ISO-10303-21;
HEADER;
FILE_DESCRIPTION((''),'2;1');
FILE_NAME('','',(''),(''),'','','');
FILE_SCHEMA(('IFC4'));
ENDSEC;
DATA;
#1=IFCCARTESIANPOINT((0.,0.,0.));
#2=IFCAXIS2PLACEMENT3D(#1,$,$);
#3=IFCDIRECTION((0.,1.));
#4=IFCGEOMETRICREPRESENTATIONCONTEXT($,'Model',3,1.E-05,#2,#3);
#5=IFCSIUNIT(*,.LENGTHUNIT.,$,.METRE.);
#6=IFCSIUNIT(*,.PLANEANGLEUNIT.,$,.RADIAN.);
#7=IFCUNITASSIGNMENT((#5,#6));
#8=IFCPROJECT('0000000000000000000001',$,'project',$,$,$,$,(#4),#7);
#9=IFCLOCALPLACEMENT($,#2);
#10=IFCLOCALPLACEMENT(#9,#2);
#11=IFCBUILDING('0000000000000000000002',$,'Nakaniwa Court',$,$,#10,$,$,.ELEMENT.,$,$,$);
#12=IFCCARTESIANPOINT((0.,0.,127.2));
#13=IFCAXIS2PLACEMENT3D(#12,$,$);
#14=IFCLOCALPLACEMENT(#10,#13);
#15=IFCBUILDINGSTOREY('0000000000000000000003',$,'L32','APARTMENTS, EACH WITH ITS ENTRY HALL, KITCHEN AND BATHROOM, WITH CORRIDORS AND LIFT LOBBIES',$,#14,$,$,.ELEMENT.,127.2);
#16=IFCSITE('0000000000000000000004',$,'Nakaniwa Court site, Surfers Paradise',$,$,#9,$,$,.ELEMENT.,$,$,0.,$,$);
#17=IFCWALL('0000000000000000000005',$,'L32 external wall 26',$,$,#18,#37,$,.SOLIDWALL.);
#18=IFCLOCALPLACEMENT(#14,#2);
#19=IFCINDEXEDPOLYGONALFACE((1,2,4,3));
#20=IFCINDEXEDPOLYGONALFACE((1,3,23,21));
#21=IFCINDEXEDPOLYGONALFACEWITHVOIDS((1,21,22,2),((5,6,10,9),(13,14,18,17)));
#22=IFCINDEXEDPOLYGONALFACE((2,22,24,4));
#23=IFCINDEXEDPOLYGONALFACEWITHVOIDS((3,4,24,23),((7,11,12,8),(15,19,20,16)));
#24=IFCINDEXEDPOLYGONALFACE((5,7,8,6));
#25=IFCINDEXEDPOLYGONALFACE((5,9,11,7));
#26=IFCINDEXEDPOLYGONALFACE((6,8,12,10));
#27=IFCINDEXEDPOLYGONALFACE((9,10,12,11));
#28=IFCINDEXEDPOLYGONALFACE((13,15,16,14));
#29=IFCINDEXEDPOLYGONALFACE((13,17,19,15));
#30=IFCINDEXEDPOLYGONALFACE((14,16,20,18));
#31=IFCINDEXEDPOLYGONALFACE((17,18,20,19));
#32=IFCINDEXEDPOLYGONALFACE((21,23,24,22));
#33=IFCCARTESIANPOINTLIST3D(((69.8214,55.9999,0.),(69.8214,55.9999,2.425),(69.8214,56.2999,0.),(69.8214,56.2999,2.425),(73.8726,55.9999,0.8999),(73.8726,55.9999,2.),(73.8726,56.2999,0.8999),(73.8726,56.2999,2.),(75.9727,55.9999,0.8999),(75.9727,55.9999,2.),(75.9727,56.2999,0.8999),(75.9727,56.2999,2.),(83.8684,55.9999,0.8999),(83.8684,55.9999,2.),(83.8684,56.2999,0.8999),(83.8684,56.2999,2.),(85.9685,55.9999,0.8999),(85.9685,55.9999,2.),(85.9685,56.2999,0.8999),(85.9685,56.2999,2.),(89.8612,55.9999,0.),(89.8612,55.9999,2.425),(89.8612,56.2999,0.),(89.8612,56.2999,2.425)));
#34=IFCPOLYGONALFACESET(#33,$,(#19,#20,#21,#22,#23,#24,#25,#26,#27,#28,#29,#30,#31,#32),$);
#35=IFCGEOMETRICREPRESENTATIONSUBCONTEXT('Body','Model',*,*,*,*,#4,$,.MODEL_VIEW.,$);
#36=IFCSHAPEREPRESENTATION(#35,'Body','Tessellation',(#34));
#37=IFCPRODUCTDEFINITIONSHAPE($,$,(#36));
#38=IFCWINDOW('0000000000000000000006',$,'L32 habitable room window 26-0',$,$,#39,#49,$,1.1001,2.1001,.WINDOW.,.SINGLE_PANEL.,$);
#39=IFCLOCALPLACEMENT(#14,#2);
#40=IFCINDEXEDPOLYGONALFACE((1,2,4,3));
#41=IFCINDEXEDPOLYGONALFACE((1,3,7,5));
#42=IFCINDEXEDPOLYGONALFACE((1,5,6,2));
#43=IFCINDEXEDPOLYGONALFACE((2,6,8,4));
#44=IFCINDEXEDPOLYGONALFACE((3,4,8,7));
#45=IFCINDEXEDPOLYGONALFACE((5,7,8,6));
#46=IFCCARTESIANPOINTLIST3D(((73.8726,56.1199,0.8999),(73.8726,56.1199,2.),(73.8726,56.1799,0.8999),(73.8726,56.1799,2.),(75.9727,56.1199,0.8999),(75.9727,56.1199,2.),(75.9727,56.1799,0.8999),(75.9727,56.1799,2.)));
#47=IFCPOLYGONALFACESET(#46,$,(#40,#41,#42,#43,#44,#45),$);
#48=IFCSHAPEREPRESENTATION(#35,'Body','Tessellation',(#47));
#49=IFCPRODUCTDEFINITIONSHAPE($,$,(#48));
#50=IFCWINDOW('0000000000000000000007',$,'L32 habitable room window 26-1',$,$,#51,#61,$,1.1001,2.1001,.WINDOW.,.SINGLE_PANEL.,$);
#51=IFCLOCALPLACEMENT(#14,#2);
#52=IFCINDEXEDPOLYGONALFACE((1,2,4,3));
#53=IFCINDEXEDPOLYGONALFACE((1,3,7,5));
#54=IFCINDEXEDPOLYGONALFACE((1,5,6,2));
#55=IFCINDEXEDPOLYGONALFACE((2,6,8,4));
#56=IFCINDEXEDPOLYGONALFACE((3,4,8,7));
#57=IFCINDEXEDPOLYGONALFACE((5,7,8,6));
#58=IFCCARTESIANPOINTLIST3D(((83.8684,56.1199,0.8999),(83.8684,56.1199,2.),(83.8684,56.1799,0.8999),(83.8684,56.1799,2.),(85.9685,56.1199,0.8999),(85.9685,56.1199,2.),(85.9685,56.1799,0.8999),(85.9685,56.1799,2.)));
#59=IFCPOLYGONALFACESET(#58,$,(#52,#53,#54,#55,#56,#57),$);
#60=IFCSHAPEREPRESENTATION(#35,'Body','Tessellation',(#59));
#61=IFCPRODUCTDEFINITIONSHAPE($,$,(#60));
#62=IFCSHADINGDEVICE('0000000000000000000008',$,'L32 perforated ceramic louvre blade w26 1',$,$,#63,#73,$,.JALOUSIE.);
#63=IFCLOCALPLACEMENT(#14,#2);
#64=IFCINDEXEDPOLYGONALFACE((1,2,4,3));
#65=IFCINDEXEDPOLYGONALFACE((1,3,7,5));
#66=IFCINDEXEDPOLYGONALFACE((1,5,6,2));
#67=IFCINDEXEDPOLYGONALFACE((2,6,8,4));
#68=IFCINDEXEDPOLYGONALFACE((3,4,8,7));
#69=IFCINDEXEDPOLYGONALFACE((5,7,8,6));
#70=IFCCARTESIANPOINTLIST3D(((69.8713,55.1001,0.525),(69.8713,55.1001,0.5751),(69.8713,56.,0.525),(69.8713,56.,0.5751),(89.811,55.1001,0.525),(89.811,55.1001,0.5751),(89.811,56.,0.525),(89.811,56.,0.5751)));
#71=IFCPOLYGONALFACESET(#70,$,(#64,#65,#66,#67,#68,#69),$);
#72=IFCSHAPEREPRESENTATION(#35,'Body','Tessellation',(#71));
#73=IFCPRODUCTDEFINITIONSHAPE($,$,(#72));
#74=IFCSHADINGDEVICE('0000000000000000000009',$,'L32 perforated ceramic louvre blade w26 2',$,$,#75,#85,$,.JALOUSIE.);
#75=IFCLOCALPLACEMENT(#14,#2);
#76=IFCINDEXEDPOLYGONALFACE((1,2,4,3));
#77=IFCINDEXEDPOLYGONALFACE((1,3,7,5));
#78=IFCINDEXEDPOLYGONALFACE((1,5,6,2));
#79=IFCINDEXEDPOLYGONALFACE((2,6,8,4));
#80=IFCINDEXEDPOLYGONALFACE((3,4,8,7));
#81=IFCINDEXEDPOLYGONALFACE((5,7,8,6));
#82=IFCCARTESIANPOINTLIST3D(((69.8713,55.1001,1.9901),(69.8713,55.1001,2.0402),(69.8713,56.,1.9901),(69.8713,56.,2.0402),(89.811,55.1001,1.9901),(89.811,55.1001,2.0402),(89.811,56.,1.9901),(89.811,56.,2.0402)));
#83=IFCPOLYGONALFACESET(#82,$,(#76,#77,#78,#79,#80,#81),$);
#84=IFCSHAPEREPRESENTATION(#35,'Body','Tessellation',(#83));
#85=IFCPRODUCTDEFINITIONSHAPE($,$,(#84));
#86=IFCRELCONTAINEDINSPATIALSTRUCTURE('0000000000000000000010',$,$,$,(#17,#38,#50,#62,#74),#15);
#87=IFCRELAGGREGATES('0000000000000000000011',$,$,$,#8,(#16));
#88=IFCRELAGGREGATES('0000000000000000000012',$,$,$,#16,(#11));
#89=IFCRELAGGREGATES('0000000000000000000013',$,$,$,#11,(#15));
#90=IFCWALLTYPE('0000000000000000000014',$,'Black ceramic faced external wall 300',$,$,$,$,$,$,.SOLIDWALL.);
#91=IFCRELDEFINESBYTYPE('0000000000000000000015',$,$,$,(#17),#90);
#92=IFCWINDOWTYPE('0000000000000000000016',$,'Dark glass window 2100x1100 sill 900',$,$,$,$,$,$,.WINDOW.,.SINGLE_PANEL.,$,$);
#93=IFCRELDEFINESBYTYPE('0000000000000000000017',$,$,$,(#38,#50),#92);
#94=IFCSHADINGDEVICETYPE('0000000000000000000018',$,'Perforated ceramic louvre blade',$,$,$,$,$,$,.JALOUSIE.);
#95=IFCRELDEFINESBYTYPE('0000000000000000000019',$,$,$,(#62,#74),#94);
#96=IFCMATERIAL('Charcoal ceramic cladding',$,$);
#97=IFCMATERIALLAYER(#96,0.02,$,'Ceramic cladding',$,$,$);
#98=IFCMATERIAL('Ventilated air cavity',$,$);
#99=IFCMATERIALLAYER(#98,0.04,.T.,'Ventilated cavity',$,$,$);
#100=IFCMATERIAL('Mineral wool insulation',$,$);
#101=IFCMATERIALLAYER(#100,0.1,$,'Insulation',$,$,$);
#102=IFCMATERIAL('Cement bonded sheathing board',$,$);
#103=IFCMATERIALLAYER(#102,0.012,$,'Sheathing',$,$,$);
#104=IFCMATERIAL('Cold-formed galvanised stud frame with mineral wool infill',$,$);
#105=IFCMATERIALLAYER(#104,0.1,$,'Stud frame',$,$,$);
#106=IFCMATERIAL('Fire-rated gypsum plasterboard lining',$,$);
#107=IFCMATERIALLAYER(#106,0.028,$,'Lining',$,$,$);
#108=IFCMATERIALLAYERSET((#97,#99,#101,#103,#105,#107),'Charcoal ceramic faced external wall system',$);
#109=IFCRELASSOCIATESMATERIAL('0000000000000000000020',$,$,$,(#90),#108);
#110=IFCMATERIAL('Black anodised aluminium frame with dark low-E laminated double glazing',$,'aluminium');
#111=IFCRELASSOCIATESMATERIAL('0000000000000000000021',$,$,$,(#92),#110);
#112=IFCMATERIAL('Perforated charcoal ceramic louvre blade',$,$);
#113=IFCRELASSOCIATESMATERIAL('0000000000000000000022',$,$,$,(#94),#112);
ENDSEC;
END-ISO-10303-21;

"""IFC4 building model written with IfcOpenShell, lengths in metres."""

from ifc_helpers import new_model, si_unit, direction, frame, frame_2d, origin, origin_2d, place, context, subcontext, project, spatial, rectangle, extrude, material, layer, layer_set, material_profile, profile_set, type_object, element, fill, save


model = new_model("IFC4")

# Units and contexts
model_context = context("Model", 3, precision=1e-05, world=origin(), true_north=direction((0.0, 1.0)))
body_context = subcontext(model_context, "Body", "Model", "MODEL_VIEW")
ifc_project = project(units=[si_unit("LENGTHUNIT", "METRE"), si_unit("PLANEANGLEUNIT", "RADIAN")], contexts=[model_context])

# Site, building, storey
site_placement = place(None, origin())
site = spatial("IfcSite", under=ifc_project, at=site_placement, Name="Nakaniwa Court site, Surfers Paradise", CompositionType="ELEMENT", RefElevation=0.0)
building_placement = place(site_placement, origin())
building = spatial("IfcBuilding", under=site, at=building_placement, Name="Nakaniwa Court", CompositionType="ELEMENT")
storey_placement = place(building_placement, frame((0.0, 0.0, 127.2)))
storey = spatial("IfcBuildingStorey", under=building, at=storey_placement, Name="L32", Description="APARTMENTS, EACH WITH ITS ENTRY HALL, KITCHEN AND BATHROOM, WITH CORRIDORS AND LIFT LOBBIES", CompositionType="ELEMENT", Elevation=127.2)

# Shared definitions
ifc_material_1 = material(Name="Charcoal ceramic cladding")
ifc_layer_1 = layer(ifc_material_1, 0.02, Name="Ceramic cladding")
ifc_material_2 = material(Name="Ventilated air cavity")
ifc_layer_2 = layer(ifc_material_2, 0.04, ventilated=True, Name="Ventilated cavity")
ifc_material_3 = material(Name="Mineral wool insulation")
ifc_layer_3 = layer(ifc_material_3, 0.1, Name="Insulation")
ifc_material_4 = material(Name="Cement bonded sheathing board")
ifc_layer_4 = layer(ifc_material_4, 0.012, Name="Sheathing")
ifc_material_5 = material(Name="Cold-formed galvanised stud frame with mineral wool infill")
ifc_layer_5 = layer(ifc_material_5, 0.1, Name="Stud frame")
ifc_material_6 = material(Name="Fire-rated gypsum plasterboard lining")
ifc_layer_6 = layer(ifc_material_6, 0.028, Name="Lining")
ifc_layer_set_1 = layer_set([ifc_layer_1, ifc_layer_2, ifc_layer_3, ifc_layer_4, ifc_layer_5, ifc_layer_6], Name="Charcoal ceramic faced external wall system")
wall_type_1 = type_object("IfcWallType", Name="Black ceramic faced external wall 300", PredefinedType="SOLIDWALL", material=ifc_layer_set_1)
ifc_material_7 = material(Name="Black anodised aluminium frame with dark low-E laminated double glazing", Category="aluminium")

# Wall, openings, windows
wall_1_placement = place(storey_placement, frame((69.8213, 56.1499, 0.0), z_axis=(0.0, 0.0, 1.0), x_axis=(1.0, 0.0, 0.0)))
wall_1 = element("IfcWall", 1, at=wall_1_placement, inside=storey, type_object=wall_type_1, Name="L32 external wall 26", PredefinedType="SOLIDWALL", context=body_context, shape_type="SweptSolid", body=[
    extrude(rectangle(XDim=20.0398, YDim=0.3, at=frame_2d((10.02, 0.0))), origin(), (0.0, 0.0, 1.0), 2.425),
])
opening_1_placement = place(wall_1_placement, frame((4.0513, 0.0, 0.8999)))
opening_1 = element("IfcOpeningElement", 2, at=opening_1_placement, cuts=wall_1, PredefinedType="OPENING", context=body_context, shape_type="SweptSolid", body=[
    extrude(rectangle(XDim=2.1001, YDim=1.1001, at=frame_2d((1.05, 0.55))), frame((0.0, 0.1599, 0.0), z_axis=(0.0, -1.0, 0.0), x_axis=(1.0, 0.0, 0.0)), (0.0, 0.0, 1.0), 0.3201),
])
opening_2_placement = place(wall_1_placement, frame((14.0471, 0.0, 0.8999)))
opening_2 = element("IfcOpeningElement", 3, at=opening_2_placement, cuts=wall_1, PredefinedType="OPENING", context=body_context, shape_type="SweptSolid", body=[
    extrude(rectangle(XDim=2.1001, YDim=1.1001, at=frame_2d((1.05, 0.55))), frame((0.0, 0.1599, 0.0), z_axis=(0.0, -1.0, 0.0), x_axis=(1.0, 0.0, 0.0)), (0.0, 0.0, 1.0), 0.3201),
])
window_type_1 = type_object("IfcWindowType", Name="Dark glass window 2100x1100 sill 900", PartitioningType="SINGLE_PANEL", PredefinedType="WINDOW", material=ifc_material_7)
window_1_placement = place(opening_1_placement, origin())
window_1 = element("IfcWindow", 4, at=window_1_placement, inside=storey, type_object=window_type_1, Name="L32 habitable room window 26-0", OverallHeight=1.1001, OverallWidth=2.1001, PartitioningType="SINGLE_PANEL", PredefinedType="WINDOW", context=body_context, shape_type="SweptSolid", body=[
    extrude(rectangle(XDim=2.1001, YDim=1.1001, at=frame_2d((1.05, 0.55))), frame((0.0, 0.03, 0.0), z_axis=(0.0, -1.0, 0.0), x_axis=(1.0, 0.0, 0.0)), (0.0, 0.0, 1.0), 0.0601),
])
fill(opening_1, window_1)
window_2_placement = place(opening_2_placement, origin())
window_2 = element("IfcWindow", 5, at=window_2_placement, inside=storey, type_object=window_type_1, Name="L32 habitable room window 26-1", OverallHeight=1.1001, OverallWidth=2.1001, PartitioningType="SINGLE_PANEL", PredefinedType="WINDOW", context=body_context, shape_type="SweptSolid", body=[
    extrude(rectangle(XDim=2.1001, YDim=1.1001, at=frame_2d((1.05, 0.55))), frame((0.0, 0.03, 0.0), z_axis=(0.0, -1.0, 0.0), x_axis=(1.0, 0.0, 0.0)), (0.0, 0.0, 1.0), 0.0601),
])
fill(opening_2, window_2)

# Shading devices
ifc_material_8 = material(Name="Perforated charcoal ceramic louvre blade")
ifc_material_profile_1 = material_profile(ifc_material_8, rectangle(XDim=0.8999, YDim=0.05, at=origin_2d()), Name="Perforated ceramic louvre blade")
ifc_profile_set_1 = profile_set([ifc_material_profile_1], Name="Perforated charcoal ceramic louvre blade")
shading_device_type = type_object("IfcShadingDeviceType", Name="Perforated ceramic louvre blade", PredefinedType="JALOUSIE", material=ifc_profile_set_1)
for number, where, z_axis, x_axis, name in (
    (6, (69.8713, 55.55, 0.55), (1.0, 0.0, 0.0), (0.0, 1.0, 0.0), "L32 perforated ceramic louvre blade w26 1"),
    (7, (69.8713, 55.55, 2.0151), (1.0, 0.0, 0.0), (0.0, 1.0, 0.0), "L32 perforated ceramic louvre blade w26 2"),
):
    element("IfcShadingDevice", number, at=place(storey_placement, frame(where, z_axis=z_axis, x_axis=x_axis)), inside=storey, type_object=shading_device_type, Name=name, PredefinedType="JALOUSIE", context=body_context, shape_type="SweptSolid", body=[
        extrude(rectangle(XDim=0.8999, YDim=0.05, at=origin_2d()), origin(), (0.0, 0.0, 1.0), 19.9397),
    ])

save(model, "model.ifc")
